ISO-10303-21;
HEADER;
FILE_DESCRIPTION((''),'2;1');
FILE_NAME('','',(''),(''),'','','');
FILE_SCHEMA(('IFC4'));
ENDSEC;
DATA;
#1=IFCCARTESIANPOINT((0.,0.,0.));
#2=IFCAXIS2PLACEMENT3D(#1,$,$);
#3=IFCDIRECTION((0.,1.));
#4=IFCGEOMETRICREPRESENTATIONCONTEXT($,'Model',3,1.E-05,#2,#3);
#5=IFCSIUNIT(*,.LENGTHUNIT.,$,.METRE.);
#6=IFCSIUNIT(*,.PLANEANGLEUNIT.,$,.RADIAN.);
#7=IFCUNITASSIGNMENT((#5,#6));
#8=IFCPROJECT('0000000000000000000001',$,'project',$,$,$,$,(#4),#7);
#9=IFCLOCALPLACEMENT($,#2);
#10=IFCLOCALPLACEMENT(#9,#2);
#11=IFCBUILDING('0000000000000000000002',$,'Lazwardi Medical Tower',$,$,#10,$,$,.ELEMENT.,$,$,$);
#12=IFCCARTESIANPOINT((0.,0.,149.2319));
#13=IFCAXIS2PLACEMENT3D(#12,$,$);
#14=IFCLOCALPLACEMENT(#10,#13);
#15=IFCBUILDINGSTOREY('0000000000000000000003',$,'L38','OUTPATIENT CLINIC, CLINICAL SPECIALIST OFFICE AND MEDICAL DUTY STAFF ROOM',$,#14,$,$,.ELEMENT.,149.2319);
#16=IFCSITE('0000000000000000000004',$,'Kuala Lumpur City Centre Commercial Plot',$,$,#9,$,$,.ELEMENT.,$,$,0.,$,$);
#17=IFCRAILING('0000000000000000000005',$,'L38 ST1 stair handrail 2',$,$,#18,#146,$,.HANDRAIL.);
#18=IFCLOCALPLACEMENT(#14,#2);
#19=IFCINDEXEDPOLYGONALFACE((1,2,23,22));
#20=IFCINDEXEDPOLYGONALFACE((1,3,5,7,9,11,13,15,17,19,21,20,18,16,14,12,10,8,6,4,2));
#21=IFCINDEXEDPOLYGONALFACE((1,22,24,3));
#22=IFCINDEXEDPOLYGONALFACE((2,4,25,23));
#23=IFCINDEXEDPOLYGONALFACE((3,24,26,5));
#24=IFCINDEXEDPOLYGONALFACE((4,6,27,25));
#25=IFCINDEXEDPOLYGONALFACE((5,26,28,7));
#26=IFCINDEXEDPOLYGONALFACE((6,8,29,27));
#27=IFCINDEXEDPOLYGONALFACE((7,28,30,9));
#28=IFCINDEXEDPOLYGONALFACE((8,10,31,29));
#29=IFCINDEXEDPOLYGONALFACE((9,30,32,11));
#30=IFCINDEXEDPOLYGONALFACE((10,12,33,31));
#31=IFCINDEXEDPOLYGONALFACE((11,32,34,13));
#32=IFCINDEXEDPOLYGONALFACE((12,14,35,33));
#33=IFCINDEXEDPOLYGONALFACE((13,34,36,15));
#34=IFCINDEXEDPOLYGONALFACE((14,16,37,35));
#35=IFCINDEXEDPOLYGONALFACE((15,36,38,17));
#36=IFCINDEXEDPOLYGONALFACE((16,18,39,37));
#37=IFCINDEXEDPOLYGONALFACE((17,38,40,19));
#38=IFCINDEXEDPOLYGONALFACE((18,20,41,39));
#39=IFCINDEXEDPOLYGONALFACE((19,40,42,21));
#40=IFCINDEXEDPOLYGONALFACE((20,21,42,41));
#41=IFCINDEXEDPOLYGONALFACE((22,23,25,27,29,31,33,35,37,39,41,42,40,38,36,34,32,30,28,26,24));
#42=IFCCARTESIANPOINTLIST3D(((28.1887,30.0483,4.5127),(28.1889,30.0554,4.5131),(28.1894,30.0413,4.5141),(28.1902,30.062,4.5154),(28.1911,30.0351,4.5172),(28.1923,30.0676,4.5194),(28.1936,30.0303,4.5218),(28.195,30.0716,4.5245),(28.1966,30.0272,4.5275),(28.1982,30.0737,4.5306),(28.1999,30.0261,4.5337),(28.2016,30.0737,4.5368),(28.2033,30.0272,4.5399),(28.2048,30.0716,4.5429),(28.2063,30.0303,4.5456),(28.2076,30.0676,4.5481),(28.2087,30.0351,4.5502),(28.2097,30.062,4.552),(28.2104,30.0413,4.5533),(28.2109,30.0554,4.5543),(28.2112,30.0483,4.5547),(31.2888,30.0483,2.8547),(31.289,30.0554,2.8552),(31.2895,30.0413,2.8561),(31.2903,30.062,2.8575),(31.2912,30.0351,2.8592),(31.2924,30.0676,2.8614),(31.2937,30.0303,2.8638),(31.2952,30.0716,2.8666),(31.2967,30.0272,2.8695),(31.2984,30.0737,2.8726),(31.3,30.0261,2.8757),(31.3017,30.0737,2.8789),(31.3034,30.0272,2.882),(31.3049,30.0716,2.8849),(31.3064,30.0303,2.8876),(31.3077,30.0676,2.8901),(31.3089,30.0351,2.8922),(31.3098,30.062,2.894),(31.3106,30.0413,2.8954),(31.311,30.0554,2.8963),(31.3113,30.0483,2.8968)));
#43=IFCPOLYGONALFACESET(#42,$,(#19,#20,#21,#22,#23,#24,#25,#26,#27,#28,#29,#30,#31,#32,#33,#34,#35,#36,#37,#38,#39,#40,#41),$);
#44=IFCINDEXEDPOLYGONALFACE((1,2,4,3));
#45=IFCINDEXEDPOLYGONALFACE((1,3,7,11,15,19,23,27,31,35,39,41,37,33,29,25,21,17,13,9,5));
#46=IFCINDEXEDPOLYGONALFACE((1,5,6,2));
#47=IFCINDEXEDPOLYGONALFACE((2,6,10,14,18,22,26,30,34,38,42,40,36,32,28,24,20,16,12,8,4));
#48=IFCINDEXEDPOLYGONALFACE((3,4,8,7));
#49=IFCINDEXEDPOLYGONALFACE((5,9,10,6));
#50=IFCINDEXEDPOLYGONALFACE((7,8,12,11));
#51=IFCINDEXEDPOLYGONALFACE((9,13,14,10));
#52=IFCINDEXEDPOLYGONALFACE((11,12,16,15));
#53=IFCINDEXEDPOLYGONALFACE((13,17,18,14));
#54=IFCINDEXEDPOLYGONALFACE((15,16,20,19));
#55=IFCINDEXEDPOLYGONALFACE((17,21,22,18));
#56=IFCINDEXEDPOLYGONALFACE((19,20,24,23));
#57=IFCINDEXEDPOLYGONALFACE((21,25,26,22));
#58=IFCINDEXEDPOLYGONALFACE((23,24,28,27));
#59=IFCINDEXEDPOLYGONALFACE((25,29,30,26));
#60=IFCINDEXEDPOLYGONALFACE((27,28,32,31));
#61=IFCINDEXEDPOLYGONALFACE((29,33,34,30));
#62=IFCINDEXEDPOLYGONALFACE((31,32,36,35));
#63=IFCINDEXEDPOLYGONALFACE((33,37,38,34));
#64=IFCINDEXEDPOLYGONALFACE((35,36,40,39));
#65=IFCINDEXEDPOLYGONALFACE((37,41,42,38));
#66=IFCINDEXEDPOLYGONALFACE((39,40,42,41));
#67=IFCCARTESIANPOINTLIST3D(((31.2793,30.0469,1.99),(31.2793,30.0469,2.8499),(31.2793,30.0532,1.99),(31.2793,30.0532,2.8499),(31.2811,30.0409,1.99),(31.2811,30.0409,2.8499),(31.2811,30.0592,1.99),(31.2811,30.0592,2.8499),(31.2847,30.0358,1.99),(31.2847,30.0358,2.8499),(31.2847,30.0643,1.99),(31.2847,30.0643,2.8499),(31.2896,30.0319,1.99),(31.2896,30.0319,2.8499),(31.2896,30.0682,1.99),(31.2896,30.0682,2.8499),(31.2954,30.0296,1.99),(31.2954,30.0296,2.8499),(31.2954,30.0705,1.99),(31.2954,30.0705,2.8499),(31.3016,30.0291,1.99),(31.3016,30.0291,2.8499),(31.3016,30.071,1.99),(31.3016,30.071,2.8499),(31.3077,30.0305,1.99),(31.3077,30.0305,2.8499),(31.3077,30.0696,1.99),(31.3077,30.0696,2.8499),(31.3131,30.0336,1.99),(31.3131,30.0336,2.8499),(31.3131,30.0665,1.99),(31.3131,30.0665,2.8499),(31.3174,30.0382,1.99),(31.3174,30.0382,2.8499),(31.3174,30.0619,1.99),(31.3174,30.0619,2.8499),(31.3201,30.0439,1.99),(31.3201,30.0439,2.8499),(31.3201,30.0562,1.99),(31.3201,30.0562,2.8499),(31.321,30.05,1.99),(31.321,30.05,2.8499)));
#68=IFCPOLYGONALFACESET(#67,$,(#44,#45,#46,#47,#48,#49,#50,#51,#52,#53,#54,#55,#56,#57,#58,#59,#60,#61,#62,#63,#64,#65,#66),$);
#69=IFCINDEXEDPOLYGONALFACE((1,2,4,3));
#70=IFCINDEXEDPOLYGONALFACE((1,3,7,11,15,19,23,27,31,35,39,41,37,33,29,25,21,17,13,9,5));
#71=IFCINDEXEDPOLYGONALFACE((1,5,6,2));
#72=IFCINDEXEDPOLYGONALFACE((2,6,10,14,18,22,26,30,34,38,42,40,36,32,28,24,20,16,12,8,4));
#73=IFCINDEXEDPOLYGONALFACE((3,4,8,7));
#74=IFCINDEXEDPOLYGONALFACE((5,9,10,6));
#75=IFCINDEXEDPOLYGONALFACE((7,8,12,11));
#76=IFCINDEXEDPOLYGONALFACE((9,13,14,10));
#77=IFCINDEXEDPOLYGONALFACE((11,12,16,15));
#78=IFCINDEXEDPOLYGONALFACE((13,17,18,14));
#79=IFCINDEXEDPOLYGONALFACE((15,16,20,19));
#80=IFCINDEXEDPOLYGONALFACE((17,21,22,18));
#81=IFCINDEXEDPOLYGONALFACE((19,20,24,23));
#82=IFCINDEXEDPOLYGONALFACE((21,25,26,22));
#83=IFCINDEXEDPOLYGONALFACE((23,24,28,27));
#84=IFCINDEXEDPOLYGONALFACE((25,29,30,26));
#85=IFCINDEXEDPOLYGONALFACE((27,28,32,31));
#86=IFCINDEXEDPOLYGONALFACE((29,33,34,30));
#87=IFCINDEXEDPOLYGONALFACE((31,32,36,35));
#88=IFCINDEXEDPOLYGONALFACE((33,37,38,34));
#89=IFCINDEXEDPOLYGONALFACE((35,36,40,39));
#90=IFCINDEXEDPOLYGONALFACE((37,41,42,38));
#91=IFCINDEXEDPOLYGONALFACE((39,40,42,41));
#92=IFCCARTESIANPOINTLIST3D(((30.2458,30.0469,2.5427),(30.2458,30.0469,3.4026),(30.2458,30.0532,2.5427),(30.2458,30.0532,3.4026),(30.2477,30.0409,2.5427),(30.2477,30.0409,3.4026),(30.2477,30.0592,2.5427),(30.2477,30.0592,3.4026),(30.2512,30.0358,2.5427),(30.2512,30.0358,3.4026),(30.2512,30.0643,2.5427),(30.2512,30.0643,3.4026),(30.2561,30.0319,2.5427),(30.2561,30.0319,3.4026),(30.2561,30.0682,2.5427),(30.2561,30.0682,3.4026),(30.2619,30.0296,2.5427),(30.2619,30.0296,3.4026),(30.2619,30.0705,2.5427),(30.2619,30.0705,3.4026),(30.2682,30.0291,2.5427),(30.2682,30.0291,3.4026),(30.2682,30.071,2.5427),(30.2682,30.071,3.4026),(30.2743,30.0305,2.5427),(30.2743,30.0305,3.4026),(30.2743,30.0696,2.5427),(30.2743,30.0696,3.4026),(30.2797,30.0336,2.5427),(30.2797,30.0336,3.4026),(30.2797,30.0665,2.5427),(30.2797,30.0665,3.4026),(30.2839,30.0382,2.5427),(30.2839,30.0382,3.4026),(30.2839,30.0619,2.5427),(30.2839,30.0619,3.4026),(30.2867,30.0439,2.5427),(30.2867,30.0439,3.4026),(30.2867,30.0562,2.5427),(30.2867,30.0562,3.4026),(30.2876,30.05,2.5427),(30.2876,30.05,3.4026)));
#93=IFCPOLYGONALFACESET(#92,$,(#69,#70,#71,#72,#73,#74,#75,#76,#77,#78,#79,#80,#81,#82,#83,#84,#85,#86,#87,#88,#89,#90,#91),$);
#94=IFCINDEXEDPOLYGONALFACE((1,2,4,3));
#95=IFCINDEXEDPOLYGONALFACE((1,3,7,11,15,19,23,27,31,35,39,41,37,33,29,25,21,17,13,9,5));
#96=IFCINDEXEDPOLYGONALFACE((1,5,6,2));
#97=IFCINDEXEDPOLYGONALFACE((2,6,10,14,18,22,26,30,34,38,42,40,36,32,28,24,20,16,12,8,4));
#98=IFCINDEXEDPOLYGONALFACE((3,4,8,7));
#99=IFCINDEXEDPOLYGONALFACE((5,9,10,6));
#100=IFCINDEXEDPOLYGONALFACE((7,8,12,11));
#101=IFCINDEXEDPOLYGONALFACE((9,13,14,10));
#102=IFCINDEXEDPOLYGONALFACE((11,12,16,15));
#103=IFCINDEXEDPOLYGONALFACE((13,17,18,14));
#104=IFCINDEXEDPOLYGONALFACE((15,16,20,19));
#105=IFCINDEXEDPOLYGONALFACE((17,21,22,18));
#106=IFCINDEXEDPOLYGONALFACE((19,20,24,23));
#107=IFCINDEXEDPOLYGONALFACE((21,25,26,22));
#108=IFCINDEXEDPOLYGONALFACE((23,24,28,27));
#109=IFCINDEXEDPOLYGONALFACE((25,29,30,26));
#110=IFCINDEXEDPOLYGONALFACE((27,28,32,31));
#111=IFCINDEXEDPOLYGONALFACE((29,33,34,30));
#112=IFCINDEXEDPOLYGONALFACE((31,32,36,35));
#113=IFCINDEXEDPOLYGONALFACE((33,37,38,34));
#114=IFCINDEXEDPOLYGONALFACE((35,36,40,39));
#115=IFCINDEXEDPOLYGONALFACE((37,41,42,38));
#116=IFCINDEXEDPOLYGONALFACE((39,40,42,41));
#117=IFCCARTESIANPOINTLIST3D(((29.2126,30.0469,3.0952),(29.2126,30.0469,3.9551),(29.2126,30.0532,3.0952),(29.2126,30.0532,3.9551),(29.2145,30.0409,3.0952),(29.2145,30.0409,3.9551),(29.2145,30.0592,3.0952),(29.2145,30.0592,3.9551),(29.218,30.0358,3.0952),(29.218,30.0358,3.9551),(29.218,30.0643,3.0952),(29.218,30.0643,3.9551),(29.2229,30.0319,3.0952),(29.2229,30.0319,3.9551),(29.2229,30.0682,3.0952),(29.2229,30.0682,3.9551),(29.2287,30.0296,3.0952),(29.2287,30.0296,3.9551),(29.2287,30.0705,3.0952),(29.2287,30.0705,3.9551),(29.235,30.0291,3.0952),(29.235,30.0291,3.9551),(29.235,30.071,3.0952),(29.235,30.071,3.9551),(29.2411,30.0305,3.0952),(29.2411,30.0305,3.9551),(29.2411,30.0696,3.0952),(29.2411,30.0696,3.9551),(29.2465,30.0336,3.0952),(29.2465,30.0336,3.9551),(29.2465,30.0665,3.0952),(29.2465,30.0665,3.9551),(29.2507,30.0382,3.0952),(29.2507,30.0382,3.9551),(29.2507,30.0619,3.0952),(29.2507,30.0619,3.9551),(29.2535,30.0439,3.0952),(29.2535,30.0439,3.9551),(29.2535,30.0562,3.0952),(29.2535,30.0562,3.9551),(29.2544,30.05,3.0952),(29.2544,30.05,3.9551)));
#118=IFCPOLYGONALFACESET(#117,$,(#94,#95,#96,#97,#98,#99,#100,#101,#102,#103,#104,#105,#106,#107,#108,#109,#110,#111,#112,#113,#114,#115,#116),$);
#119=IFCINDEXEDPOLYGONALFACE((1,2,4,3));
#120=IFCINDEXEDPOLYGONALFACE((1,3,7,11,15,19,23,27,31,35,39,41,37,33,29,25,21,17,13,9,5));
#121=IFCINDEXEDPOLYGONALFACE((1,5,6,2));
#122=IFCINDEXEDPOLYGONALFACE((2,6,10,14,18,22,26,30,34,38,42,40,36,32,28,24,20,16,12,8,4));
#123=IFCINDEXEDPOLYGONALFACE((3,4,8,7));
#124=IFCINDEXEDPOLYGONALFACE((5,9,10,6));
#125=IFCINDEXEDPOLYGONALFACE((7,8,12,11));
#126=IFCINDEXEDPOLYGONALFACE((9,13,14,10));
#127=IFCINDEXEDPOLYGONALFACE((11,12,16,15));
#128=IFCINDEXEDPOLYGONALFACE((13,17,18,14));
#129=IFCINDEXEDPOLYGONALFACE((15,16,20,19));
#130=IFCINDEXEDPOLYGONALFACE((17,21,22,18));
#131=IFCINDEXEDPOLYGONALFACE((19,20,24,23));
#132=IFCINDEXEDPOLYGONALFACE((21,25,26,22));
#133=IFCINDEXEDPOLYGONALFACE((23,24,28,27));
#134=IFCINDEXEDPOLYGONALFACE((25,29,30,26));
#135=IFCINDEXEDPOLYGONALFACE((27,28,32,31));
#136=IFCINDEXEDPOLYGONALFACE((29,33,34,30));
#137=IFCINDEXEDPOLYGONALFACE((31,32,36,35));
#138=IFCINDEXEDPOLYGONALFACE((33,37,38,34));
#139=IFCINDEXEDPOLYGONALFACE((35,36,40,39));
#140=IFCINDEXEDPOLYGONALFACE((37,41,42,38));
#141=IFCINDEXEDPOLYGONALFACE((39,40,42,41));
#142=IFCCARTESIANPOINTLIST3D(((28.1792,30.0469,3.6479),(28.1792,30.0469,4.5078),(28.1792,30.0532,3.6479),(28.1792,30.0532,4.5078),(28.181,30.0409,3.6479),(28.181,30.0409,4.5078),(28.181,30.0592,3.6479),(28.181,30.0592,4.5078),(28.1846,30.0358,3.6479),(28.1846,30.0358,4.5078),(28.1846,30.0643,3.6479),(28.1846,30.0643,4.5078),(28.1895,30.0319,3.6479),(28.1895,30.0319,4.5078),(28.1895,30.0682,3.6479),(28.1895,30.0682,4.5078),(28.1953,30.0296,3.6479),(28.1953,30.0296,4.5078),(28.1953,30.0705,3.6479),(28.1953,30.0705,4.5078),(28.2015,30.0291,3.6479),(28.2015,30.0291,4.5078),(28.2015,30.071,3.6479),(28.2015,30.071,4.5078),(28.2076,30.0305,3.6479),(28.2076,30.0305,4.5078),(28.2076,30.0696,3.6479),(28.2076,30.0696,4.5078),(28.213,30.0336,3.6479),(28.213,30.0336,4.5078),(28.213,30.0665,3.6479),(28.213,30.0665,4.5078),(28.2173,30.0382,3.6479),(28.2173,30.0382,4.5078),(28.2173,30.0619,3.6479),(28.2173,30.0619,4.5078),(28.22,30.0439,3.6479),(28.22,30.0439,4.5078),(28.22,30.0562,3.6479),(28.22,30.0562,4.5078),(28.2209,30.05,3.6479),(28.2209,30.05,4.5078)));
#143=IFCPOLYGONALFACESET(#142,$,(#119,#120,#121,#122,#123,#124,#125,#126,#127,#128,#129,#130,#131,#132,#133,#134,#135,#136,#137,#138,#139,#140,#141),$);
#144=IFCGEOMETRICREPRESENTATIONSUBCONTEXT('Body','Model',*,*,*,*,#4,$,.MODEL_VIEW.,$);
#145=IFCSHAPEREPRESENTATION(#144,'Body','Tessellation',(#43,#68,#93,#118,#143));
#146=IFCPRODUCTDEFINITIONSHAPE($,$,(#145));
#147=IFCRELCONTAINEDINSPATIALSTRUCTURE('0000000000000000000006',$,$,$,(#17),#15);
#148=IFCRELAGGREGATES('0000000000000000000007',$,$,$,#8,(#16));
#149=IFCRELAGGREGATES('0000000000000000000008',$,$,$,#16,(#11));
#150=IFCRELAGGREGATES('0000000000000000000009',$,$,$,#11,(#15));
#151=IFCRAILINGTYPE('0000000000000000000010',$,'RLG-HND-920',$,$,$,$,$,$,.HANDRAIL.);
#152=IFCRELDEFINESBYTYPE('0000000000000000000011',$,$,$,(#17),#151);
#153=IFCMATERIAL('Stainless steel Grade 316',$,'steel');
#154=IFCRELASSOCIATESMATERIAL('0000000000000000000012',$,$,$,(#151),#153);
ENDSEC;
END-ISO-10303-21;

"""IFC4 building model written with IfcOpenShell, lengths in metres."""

from ifc_helpers import new_model, si_unit, direction, frame, origin, origin_2d, place, context, subcontext, project, spatial, circle, extrude, material, type_object, element, save


model = new_model("IFC4")

# Units and contexts
model_context = context("Model", 3, precision=1e-05, world=origin(), true_north=direction((0.0, 1.0)))
body_context = subcontext(model_context, "Body", "Model", "MODEL_VIEW")
ifc_project = project(units=[si_unit("LENGTHUNIT", "METRE"), si_unit("PLANEANGLEUNIT", "RADIAN")], contexts=[model_context])

# Site, building, storey
site_placement = place(None, origin())
site = spatial("IfcSite", under=ifc_project, at=site_placement, Name="Kuala Lumpur City Centre Commercial Plot", CompositionType="ELEMENT", RefElevation=0.0)
building_placement = place(site_placement, origin())
building = spatial("IfcBuilding", under=site, at=building_placement, Name="Lazwardi Medical Tower", CompositionType="ELEMENT")
storey_placement = place(building_placement, frame((0.0, 0.0, 149.2319)))
storey = spatial("IfcBuildingStorey", under=building, at=storey_placement, Name="L38", Description="OUTPATIENT CLINIC, CLINICAL SPECIALIST OFFICE AND MEDICAL DUTY STAFF ROOM", CompositionType="ELEMENT", Elevation=149.2319)

# Railing
ifc_material_1 = material(Name="Stainless steel Grade 316", Category="steel")
railing_type_1 = type_object("IfcRailingType", Name="RLG-HND-920", PredefinedType="HANDRAIL", material=ifc_material_1)
railing_1_placement = place(storey_placement, frame((31.3, 30.05, 1.99)))
element("IfcRailing", 1, at=railing_1_placement, inside=storey, type_object=railing_type_1, Name="L38 ST1 stair handrail 2", PredefinedType="HANDRAIL", context=body_context, shape_type="SweptSolid", body=[
    extrude(circle(Radius=0.0239, at=origin_2d()), frame((0.0, 0.0, 0.8857), z_axis=(-0.881812, 0.0, 0.471601), x_axis=(0.0, -1.0, 0.0)), (0.0, 0.0, 1.0), 3.5156),
    extrude(circle(Radius=0.021, at=origin_2d()), origin(), (0.0, 0.0, 1.0), 0.8599),
    extrude(circle(Radius=0.021, at=origin_2d()), frame((-1.0334, 0.0, 0.5527)), (0.0, 0.0, 1.0), 0.8599),
    extrude(circle(Radius=0.021, at=origin_2d()), frame((-2.0667, 0.0, 1.1052)), (0.0, 0.0, 1.0), 0.8599),
    extrude(circle(Radius=0.021, at=origin_2d()), frame((-3.1001, 0.0, 1.658)), (0.0, 0.0, 1.0), 0.8599),
])

save(model, "model.ifc")
